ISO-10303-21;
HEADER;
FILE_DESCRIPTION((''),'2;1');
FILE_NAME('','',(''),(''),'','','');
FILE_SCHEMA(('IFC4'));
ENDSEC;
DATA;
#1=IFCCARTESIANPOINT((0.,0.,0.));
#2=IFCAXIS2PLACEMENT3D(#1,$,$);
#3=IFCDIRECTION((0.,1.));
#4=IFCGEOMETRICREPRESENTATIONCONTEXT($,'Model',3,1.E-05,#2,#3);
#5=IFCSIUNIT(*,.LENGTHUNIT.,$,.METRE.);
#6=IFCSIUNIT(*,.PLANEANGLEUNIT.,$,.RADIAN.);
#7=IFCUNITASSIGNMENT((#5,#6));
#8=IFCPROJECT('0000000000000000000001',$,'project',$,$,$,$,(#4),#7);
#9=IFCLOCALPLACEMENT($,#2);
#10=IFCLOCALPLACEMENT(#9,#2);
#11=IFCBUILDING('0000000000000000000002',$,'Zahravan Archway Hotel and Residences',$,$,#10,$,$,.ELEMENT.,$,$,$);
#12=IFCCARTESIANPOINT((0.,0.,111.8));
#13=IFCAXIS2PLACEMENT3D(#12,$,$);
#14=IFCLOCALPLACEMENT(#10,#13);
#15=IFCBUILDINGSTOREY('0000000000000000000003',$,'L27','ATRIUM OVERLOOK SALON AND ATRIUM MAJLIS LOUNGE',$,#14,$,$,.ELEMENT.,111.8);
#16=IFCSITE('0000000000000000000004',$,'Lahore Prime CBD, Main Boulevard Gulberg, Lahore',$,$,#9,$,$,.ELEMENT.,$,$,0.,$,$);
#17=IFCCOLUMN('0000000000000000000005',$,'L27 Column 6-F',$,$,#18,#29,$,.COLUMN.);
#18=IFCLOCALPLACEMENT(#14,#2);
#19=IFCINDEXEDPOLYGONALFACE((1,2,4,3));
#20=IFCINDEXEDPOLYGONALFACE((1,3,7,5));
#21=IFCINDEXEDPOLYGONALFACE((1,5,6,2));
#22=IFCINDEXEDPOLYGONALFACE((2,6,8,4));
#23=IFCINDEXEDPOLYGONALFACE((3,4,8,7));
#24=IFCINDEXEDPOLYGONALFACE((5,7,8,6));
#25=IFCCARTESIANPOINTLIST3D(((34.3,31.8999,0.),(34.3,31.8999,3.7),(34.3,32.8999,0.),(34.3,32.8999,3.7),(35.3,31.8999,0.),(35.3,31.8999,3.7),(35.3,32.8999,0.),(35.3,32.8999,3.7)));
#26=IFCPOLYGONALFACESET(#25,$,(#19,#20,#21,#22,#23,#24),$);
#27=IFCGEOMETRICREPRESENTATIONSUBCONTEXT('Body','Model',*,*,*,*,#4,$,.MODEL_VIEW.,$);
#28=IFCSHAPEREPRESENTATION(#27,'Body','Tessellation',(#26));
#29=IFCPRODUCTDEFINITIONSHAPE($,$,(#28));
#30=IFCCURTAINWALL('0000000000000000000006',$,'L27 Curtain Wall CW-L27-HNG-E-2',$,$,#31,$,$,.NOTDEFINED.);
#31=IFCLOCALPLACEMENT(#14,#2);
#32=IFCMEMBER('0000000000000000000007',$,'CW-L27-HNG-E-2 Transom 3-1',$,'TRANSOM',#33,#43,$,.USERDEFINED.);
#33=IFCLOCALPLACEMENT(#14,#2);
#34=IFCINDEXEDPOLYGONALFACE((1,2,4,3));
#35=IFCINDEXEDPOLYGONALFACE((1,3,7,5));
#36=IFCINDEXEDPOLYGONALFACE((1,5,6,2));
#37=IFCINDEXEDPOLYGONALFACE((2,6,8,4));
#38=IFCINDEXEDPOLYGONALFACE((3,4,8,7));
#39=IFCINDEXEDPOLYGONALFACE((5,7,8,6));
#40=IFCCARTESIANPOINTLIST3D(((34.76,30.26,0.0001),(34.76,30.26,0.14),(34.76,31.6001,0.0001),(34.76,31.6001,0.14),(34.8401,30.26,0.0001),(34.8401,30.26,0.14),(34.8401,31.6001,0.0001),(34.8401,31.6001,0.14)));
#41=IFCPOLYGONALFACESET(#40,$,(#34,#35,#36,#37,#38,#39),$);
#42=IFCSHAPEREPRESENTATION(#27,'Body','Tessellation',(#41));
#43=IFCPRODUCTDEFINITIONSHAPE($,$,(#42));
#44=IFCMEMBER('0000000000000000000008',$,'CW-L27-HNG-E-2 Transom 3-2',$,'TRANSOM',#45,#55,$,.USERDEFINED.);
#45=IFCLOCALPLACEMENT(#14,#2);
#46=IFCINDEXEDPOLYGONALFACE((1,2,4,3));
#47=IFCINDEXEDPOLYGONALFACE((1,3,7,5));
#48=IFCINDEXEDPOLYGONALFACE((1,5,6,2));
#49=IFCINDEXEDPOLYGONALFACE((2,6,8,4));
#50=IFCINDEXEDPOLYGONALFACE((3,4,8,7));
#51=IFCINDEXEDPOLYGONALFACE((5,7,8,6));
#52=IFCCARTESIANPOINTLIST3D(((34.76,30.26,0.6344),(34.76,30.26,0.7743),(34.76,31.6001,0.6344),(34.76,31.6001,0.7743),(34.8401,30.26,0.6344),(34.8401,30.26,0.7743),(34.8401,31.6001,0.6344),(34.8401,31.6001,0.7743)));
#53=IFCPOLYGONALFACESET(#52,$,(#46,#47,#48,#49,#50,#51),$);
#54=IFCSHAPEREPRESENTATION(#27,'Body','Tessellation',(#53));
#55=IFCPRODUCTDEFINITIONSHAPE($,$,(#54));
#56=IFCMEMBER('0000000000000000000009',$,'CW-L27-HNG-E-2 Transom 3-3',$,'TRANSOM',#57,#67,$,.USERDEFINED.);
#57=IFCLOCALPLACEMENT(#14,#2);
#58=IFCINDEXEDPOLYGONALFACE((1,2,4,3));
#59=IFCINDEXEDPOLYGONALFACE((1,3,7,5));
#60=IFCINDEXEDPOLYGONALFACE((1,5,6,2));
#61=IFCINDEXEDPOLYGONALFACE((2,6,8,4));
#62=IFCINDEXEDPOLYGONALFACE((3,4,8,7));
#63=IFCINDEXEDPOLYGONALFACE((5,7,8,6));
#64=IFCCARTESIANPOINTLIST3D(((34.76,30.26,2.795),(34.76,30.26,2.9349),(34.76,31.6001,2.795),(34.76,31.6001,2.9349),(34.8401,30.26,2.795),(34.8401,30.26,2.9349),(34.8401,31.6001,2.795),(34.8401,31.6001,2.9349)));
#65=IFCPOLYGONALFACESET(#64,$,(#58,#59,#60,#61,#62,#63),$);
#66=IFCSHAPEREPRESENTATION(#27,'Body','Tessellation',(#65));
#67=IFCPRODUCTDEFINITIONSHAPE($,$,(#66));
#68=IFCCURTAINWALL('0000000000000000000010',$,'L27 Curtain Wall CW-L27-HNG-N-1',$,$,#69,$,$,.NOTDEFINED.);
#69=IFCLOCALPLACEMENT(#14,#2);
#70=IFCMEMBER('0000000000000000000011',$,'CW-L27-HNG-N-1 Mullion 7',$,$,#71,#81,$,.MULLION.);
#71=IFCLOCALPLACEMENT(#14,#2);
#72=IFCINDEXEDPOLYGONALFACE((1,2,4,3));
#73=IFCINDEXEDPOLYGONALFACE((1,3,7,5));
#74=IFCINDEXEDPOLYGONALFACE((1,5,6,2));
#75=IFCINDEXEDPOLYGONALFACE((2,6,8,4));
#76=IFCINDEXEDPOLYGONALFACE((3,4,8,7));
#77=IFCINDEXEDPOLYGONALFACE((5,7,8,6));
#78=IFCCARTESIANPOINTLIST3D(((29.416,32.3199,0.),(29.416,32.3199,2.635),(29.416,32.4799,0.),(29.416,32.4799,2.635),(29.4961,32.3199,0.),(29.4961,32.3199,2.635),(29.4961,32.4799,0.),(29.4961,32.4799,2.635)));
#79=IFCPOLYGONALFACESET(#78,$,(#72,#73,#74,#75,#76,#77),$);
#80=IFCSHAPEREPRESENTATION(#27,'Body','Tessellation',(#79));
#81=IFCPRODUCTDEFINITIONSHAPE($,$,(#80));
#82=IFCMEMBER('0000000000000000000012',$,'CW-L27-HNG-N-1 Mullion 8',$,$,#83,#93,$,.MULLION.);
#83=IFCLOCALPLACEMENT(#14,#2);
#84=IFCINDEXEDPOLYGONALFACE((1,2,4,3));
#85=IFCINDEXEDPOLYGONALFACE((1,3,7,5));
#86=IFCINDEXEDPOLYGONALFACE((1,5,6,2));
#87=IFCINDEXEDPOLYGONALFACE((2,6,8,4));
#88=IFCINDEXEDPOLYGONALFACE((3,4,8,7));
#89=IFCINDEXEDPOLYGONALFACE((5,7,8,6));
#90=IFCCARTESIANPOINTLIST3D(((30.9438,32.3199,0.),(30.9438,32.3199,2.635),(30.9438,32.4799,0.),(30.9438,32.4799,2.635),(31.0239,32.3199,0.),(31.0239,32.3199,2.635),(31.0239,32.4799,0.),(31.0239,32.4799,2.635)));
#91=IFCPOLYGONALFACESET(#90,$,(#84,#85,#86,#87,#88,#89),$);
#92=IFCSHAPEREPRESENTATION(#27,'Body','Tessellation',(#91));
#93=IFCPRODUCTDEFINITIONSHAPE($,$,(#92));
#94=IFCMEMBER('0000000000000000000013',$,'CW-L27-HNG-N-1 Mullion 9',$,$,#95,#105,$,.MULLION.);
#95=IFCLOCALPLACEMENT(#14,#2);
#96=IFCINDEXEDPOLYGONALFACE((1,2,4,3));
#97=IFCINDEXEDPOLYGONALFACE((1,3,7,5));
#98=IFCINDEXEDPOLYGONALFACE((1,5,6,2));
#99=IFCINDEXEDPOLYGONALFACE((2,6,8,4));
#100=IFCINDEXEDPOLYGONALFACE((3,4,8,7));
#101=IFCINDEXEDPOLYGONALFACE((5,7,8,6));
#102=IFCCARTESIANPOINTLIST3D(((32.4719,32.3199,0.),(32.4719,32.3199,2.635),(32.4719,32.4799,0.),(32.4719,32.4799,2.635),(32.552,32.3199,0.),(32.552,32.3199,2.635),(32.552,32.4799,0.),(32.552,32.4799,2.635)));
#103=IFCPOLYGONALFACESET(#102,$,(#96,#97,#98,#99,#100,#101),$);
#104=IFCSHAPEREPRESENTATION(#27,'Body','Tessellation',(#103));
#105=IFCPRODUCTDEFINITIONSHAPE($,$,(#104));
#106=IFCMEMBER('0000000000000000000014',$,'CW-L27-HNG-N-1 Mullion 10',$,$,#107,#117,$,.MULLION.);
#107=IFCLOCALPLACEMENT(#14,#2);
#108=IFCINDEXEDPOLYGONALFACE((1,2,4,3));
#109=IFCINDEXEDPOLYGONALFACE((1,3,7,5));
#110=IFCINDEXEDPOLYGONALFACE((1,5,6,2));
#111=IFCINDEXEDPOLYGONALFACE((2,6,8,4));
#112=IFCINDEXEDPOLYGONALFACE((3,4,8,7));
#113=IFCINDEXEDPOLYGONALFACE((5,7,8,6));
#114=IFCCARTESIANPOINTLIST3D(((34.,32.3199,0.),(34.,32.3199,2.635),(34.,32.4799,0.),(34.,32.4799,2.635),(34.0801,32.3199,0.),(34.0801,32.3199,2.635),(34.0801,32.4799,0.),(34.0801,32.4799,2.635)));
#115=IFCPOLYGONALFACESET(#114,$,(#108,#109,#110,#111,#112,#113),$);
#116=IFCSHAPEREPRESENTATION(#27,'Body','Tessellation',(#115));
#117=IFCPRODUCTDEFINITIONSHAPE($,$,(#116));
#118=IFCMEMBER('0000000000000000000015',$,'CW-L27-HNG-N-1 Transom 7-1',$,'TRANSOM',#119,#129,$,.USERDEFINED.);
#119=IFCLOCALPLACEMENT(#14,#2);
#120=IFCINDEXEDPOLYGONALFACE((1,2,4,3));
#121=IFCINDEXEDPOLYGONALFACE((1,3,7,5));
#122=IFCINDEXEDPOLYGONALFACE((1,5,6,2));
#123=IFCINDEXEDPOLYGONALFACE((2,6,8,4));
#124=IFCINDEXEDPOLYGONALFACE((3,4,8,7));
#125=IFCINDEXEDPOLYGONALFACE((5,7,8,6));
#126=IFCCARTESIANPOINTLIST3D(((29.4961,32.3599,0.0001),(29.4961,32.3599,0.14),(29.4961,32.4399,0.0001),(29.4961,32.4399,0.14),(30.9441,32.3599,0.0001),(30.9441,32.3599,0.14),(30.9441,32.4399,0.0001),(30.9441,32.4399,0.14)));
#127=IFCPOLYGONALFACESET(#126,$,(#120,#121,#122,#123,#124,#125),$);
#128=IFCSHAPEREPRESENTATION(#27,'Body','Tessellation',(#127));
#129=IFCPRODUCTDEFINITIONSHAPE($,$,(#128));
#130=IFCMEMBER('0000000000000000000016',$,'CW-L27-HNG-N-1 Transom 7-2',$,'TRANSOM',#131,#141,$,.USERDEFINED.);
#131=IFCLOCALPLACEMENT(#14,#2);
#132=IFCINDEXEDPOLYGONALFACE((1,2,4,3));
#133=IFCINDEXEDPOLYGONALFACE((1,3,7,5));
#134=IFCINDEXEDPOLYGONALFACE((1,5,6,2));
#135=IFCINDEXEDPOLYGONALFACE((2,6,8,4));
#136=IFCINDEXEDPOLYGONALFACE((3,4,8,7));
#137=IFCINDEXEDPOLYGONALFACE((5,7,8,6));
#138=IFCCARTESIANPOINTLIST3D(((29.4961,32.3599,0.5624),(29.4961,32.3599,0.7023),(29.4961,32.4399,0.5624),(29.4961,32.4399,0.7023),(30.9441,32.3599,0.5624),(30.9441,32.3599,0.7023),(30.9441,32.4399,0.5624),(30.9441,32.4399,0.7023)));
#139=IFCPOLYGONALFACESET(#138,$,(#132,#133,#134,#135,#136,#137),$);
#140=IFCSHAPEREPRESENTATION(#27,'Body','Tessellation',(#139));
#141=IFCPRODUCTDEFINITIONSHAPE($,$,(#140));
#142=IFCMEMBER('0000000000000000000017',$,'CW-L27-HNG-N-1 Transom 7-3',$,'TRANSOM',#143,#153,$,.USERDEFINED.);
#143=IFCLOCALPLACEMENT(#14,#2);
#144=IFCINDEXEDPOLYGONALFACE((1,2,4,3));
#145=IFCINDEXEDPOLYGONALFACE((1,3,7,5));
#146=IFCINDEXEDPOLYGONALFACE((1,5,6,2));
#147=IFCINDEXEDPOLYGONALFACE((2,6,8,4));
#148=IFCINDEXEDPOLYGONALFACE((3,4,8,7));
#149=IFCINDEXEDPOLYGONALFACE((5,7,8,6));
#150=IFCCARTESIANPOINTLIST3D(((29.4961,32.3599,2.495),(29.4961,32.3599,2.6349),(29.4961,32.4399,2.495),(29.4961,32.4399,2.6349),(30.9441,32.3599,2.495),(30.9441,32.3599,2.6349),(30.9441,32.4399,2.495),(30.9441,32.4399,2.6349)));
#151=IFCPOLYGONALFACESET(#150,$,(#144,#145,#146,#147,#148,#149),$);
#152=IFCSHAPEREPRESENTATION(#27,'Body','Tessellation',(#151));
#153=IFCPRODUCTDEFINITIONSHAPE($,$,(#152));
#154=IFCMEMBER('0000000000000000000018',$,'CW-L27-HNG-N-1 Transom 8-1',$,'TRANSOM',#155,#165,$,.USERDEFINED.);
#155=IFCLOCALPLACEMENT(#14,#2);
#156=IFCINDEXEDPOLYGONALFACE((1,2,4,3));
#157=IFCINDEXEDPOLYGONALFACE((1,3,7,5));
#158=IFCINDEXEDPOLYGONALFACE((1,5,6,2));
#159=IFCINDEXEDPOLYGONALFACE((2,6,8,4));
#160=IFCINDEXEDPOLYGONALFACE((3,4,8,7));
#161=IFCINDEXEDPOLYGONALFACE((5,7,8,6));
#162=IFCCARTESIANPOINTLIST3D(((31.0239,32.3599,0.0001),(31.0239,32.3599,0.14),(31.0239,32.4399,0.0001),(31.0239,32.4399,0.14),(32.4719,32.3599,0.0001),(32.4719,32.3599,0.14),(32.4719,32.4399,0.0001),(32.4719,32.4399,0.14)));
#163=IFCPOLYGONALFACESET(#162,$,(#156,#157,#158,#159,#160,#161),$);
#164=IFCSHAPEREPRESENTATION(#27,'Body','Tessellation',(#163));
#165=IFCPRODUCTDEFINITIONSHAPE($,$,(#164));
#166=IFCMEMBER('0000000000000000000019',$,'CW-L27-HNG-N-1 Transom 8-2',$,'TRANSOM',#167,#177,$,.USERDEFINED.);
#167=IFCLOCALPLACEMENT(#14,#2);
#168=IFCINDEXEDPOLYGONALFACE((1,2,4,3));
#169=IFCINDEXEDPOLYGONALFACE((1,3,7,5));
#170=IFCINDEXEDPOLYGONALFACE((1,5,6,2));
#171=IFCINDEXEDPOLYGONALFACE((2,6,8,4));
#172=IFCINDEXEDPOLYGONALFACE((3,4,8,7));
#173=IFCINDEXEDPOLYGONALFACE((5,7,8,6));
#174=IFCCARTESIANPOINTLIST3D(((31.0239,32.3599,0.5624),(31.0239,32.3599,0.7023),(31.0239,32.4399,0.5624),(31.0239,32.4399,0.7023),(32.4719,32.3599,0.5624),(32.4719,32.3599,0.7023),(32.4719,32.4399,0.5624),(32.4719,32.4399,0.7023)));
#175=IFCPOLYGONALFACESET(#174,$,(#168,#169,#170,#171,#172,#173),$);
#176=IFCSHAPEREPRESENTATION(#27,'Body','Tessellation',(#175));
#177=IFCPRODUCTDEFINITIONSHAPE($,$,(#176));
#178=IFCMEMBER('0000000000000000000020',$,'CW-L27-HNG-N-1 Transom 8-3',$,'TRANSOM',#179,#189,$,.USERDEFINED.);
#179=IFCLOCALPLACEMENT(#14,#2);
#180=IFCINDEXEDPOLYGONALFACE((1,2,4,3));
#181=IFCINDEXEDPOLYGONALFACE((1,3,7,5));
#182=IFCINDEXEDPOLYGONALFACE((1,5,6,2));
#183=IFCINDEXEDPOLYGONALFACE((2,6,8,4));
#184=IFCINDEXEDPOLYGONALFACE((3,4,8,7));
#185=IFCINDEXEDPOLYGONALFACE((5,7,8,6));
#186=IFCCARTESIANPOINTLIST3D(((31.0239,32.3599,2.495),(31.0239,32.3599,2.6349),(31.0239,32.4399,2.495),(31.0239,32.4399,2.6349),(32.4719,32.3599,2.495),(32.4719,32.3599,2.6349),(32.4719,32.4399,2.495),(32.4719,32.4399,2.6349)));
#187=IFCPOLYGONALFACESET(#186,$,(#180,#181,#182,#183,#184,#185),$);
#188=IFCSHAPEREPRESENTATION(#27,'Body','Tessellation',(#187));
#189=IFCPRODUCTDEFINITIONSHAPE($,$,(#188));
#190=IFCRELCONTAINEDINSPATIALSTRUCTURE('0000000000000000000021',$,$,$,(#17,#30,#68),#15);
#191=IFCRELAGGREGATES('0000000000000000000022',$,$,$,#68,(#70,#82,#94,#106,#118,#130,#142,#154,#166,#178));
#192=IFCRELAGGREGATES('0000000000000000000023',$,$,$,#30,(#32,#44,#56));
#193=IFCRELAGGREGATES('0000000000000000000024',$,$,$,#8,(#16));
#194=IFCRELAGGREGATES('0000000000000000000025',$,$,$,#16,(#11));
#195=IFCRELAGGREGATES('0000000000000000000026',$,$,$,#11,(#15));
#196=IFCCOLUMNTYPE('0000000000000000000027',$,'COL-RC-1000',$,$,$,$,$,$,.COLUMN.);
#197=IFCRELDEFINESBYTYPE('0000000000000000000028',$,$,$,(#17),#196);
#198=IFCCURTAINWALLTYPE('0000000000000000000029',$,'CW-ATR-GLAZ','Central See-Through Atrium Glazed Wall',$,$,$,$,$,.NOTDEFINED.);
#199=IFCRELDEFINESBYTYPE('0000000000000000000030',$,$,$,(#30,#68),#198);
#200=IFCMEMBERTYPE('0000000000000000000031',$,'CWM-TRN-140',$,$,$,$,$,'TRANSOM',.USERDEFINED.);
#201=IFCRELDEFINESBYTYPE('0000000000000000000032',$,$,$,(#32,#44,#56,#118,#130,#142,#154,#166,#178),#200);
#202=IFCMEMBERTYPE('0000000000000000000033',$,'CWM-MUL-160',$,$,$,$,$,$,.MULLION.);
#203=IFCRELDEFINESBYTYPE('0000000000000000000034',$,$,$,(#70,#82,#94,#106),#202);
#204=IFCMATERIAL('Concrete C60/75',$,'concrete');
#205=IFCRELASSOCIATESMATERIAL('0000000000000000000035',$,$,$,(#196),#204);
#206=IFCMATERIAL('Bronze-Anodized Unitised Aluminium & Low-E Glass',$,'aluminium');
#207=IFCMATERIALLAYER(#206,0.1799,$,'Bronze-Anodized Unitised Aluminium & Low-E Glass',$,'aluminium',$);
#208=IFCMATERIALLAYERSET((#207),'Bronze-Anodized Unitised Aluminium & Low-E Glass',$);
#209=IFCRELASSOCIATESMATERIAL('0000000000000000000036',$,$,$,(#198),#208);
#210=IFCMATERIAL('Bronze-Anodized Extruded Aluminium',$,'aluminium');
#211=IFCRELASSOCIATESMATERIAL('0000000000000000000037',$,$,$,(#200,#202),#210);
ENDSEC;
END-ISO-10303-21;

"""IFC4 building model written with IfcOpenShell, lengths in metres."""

from ifc_helpers import new_model, si_unit, direction, frame, origin, origin_2d, place, context, subcontext, project, spatial, rectangle, extrude, source, transform, mapped, material, layer, layer_set, material_profile, profile_set, type_object, type_shapes, element, aggregate, save


model = new_model("IFC4")

# Units and contexts
model_context = context("Model", 3, precision=1e-05, world=origin(), true_north=direction((0.0, 1.0)))
body_context = subcontext(model_context, "Body", "Model", "MODEL_VIEW")
ifc_project = project(units=[si_unit("LENGTHUNIT", "METRE"), si_unit("PLANEANGLEUNIT", "RADIAN")], contexts=[model_context])

# Site, building, storey
site_placement = place(None, origin())
site = spatial("IfcSite", under=ifc_project, at=site_placement, Name="Lahore Prime CBD, Main Boulevard Gulberg, Lahore", CompositionType="ELEMENT", RefElevation=0.0)
building_placement = place(site_placement, origin())
building = spatial("IfcBuilding", under=site, at=building_placement, Name="Zahravan Archway Hotel and Residences", CompositionType="ELEMENT")
storey_placement = place(building_placement, frame((0.0, 0.0, 111.8)))
storey = spatial("IfcBuildingStorey", under=building, at=storey_placement, Name="L27", Description="ATRIUM OVERLOOK SALON AND ATRIUM MAJLIS LOUNGE", CompositionType="ELEMENT", Elevation=111.8)

# Column
ifc_material_1 = material(Name="Concrete C60/75", Category="concrete")
ifc_material_profile_1 = material_profile(ifc_material_1, rectangle(XDim=1.0, YDim=1.0, at=origin_2d()), Name="RC-COL-1000x1000", Category="concrete")
ifc_profile_set_1 = profile_set([ifc_material_profile_1], Name="Concrete C60/75")
column_type = type_object("IfcColumnType", Name="COL-RC-1000", PredefinedType="COLUMN", material=ifc_profile_set_1)
shared_shape_1 = source(origin(), body_context, "Body", "SweptSolid", [
    extrude(rectangle(XDim=1.0, YDim=1.0, at=origin_2d()), origin(), (0.0, 0.0, 1.0), 3.7),
])
type_shapes(column_type, [shared_shape_1])
column_placement = place(storey_placement, frame((34.8, 32.3999, 0.0), z_axis=(0.0, 0.0, 1.0), x_axis=(1.0, 0.0, 0.0)))
element("IfcColumn", 1, at=column_placement, inside=storey, type_object=column_type, Name="L27 Column 6-F", PredefinedType="COLUMN", context=body_context, shape_type="MappedRepresentation", body=[
    mapped(shared_shape_1, transform((0.0, 0.0, 0.0), scale=1.0)),
])

# Curtain walls, members
ifc_material_2 = material(Name="Bronze-Anodized Unitised Aluminium & Low-E Glass", Category="aluminium")
ifc_layer_1 = layer(ifc_material_2, 0.1799, Name="Bronze-Anodized Unitised Aluminium & Low-E Glass", Category="aluminium")
ifc_layer_set_1 = layer_set([ifc_layer_1], Name="Bronze-Anodized Unitised Aluminium & Low-E Glass")
curtain_wall_type = type_object("IfcCurtainWallType", Name="CW-ATR-GLAZ", Description="Central See-Through Atrium Glazed Wall", PredefinedType="NOTDEFINED", material=ifc_layer_set_1)
curtain_wall_1_placement = place(storey_placement, origin())
curtain_wall_1 = element("IfcCurtainWall", 2, at=curtain_wall_1_placement, inside=storey, type_object=curtain_wall_type, Name="L27 Curtain Wall CW-L27-HNG-E-2", PredefinedType="NOTDEFINED")
ifc_material_3 = material(Name="Bronze-Anodized Extruded Aluminium", Category="aluminium")
ifc_material_profile_2 = material_profile(ifc_material_3, rectangle(XDim=0.0801, YDim=0.1399, at=origin_2d()), Name="TRN 80x140", Category="aluminium")
ifc_profile_set_2 = profile_set([ifc_material_profile_2], Name="Bronze-Anodized Extruded Aluminium")
member_type_1 = type_object("IfcMemberType", Name="CWM-TRN-140", ElementType="TRANSOM", PredefinedType="USERDEFINED", material=ifc_profile_set_2)
shared_shape_2 = source(origin(), body_context, "Body", "SweptSolid", [
    extrude(rectangle(XDim=0.0801, YDim=0.1399, at=origin_2d()), origin(), (0.0, 0.0, 1.0), 1.3401),
])
member_1_placement = place(storey_placement, frame((34.8, 30.26, 0.0701), z_axis=(0.0, 1.0, 0.0), x_axis=(-1.0, 0.0, 0.0)))
member_1 = element("IfcMember", 3, at=member_1_placement, type_object=member_type_1, Name="CW-L27-HNG-E-2 Transom 3-1", ObjectType="TRANSOM", PredefinedType="USERDEFINED", context=body_context, shape_type="MappedRepresentation", body=[
    mapped(shared_shape_2, transform((0.0, 0.0, 0.0), scale=1.0)),
])
member_2_placement = place(storey_placement, frame((34.8, 30.26, 0.7043), z_axis=(0.0, 1.0, 0.0), x_axis=(-1.0, 0.0, 0.0)))
member_2 = element("IfcMember", 4, at=member_2_placement, type_object=member_type_1, Name="CW-L27-HNG-E-2 Transom 3-2", ObjectType="TRANSOM", PredefinedType="USERDEFINED", context=body_context, shape_type="MappedRepresentation", body=[
    mapped(shared_shape_2, transform((0.0, 0.0, 0.0), scale=1.0)),
])
member_3_placement = place(storey_placement, frame((34.8, 30.26, 2.865), z_axis=(0.0, 1.0, 0.0), x_axis=(-1.0, 0.0, 0.0)))
member_3 = element("IfcMember", 5, at=member_3_placement, type_object=member_type_1, Name="CW-L27-HNG-E-2 Transom 3-3", ObjectType="TRANSOM", PredefinedType="USERDEFINED", context=body_context, shape_type="MappedRepresentation", body=[
    mapped(shared_shape_2, transform((0.0, 0.0, 0.0), scale=1.0)),
])
curtain_wall_2_placement = place(storey_placement, origin())
curtain_wall_2 = element("IfcCurtainWall", 6, at=curtain_wall_2_placement, inside=storey, type_object=curtain_wall_type, Name="L27 Curtain Wall CW-L27-HNG-N-1", PredefinedType="NOTDEFINED")
ifc_material_profile_3 = material_profile(ifc_material_3, rectangle(XDim=0.0801, YDim=0.1599, at=origin_2d()), Name="MUL 80x160", Category="aluminium")
ifc_profile_set_3 = profile_set([ifc_material_profile_3], Name="Bronze-Anodized Extruded Aluminium")
member_type_2 = type_object("IfcMemberType", Name="CWM-MUL-160", PredefinedType="MULLION", material=ifc_profile_set_3)
shared_shape_3 = source(origin(), body_context, "Body", "SweptSolid", [
    extrude(rectangle(XDim=0.0801, YDim=0.1599, at=origin_2d()), origin(), (0.0, 0.0, 1.0), 2.635),
])
member_4_placement = place(storey_placement, frame((29.4561, 32.3999, 0.0), z_axis=(0.0, 0.0, 1.0), x_axis=(1.0, 0.0, 0.0)))
member_4 = element("IfcMember", 7, at=member_4_placement, type_object=member_type_2, Name="CW-L27-HNG-N-1 Mullion 7", PredefinedType="MULLION", context=body_context, shape_type="MappedRepresentation", body=[
    mapped(shared_shape_3, transform((0.0, 0.0, 0.0), scale=1.0)),
])
member_5_placement = place(storey_placement, frame((30.9839, 32.3999, 0.0), z_axis=(0.0, 0.0, 1.0), x_axis=(1.0, 0.0, 0.0)))
member_5 = element("IfcMember", 8, at=member_5_placement, type_object=member_type_2, Name="CW-L27-HNG-N-1 Mullion 8", PredefinedType="MULLION", context=body_context, shape_type="MappedRepresentation", body=[
    mapped(shared_shape_3, transform((0.0, 0.0, 0.0), scale=1.0)),
])
member_6_placement = place(storey_placement, frame((32.512, 32.3999, 0.0), z_axis=(0.0, 0.0, 1.0), x_axis=(1.0, 0.0, 0.0)))
member_6 = element("IfcMember", 9, at=member_6_placement, type_object=member_type_2, Name="CW-L27-HNG-N-1 Mullion 9", PredefinedType="MULLION", context=body_context, shape_type="MappedRepresentation", body=[
    mapped(shared_shape_3, transform((0.0, 0.0, 0.0), scale=1.0)),
])
member_7_placement = place(storey_placement, frame((34.04, 32.3999, 0.0), z_axis=(0.0, 0.0, 1.0), x_axis=(1.0, 0.0, 0.0)))
member_7 = element("IfcMember", 10, at=member_7_placement, type_object=member_type_2, Name="CW-L27-HNG-N-1 Mullion 10", PredefinedType="MULLION", context=body_context, shape_type="MappedRepresentation", body=[
    mapped(shared_shape_3, transform((0.0, 0.0, 0.0), scale=1.0)),
])
shared_shape_4 = source(origin(), body_context, "Body", "SweptSolid", [
    extrude(rectangle(XDim=0.0801, YDim=0.1399, at=origin_2d()), origin(), (0.0, 0.0, 1.0), 1.448),
])
member_8_placement = place(storey_placement, frame((29.4961, 32.3999, 0.0701), z_axis=(1.0, 0.0, 0.0), x_axis=(0.0, 1.0, 0.0)))
member_8 = element("IfcMember", 11, at=member_8_placement, type_object=member_type_1, Name="CW-L27-HNG-N-1 Transom 7-1", ObjectType="TRANSOM", PredefinedType="USERDEFINED", context=body_context, shape_type="MappedRepresentation", body=[
    mapped(shared_shape_4, transform((0.0, 0.0, 0.0), scale=1.0)),
])
member_9_placement = place(storey_placement, frame((29.4961, 32.3999, 0.6323), z_axis=(1.0, 0.0, 0.0), x_axis=(0.0, 1.0, 0.0)))
member_9 = element("IfcMember", 12, at=member_9_placement, type_object=member_type_1, Name="CW-L27-HNG-N-1 Transom 7-2", ObjectType="TRANSOM", PredefinedType="USERDEFINED", context=body_context, shape_type="MappedRepresentation", body=[
    mapped(shared_shape_4, transform((0.0, 0.0, 0.0), scale=1.0)),
])
member_10_placement = place(storey_placement, frame((29.4961, 32.3999, 2.5649), z_axis=(1.0, 0.0, 0.0), x_axis=(0.0, 1.0, 0.0)))
member_10 = element("IfcMember", 13, at=member_10_placement, type_object=member_type_1, Name="CW-L27-HNG-N-1 Transom 7-3", ObjectType="TRANSOM", PredefinedType="USERDEFINED", context=body_context, shape_type="MappedRepresentation", body=[
    mapped(shared_shape_4, transform((0.0, 0.0, 0.0), scale=1.0)),
])
member_11_placement = place(storey_placement, frame((31.0239, 32.3999, 0.0701), z_axis=(1.0, 0.0, 0.0), x_axis=(0.0, 1.0, 0.0)))
member_11 = element("IfcMember", 14, at=member_11_placement, type_object=member_type_1, Name="CW-L27-HNG-N-1 Transom 8-1", ObjectType="TRANSOM", PredefinedType="USERDEFINED", context=body_context, shape_type="MappedRepresentation", body=[
    mapped(shared_shape_4, transform((0.0, 0.0, 0.0), scale=1.0)),
])
member_12_placement = place(storey_placement, frame((31.0239, 32.3999, 0.6323), z_axis=(1.0, 0.0, 0.0), x_axis=(0.0, 1.0, 0.0)))
member_12 = element("IfcMember", 15, at=member_12_placement, type_object=member_type_1, Name="CW-L27-HNG-N-1 Transom 8-2", ObjectType="TRANSOM", PredefinedType="USERDEFINED", context=body_context, shape_type="MappedRepresentation", body=[
    mapped(shared_shape_4, transform((0.0, 0.0, 0.0), scale=1.0)),
])
member_13_placement = place(storey_placement, frame((31.0239, 32.3999, 2.5649), z_axis=(1.0, 0.0, 0.0), x_axis=(0.0, 1.0, 0.0)))
member_13 = element("IfcMember", 16, at=member_13_placement, type_object=member_type_1, Name="CW-L27-HNG-N-1 Transom 8-3", ObjectType="TRANSOM", PredefinedType="USERDEFINED", context=body_context, shape_type="MappedRepresentation", body=[
    mapped(shared_shape_4, transform((0.0, 0.0, 0.0), scale=1.0)),
])

aggregate(curtain_wall_2, [member_4, member_5, member_6, member_7, member_8, member_9, member_10, member_11, member_12, member_13])
aggregate(curtain_wall_1, [member_1, member_2, member_3])

save(model, "model.ifc")
